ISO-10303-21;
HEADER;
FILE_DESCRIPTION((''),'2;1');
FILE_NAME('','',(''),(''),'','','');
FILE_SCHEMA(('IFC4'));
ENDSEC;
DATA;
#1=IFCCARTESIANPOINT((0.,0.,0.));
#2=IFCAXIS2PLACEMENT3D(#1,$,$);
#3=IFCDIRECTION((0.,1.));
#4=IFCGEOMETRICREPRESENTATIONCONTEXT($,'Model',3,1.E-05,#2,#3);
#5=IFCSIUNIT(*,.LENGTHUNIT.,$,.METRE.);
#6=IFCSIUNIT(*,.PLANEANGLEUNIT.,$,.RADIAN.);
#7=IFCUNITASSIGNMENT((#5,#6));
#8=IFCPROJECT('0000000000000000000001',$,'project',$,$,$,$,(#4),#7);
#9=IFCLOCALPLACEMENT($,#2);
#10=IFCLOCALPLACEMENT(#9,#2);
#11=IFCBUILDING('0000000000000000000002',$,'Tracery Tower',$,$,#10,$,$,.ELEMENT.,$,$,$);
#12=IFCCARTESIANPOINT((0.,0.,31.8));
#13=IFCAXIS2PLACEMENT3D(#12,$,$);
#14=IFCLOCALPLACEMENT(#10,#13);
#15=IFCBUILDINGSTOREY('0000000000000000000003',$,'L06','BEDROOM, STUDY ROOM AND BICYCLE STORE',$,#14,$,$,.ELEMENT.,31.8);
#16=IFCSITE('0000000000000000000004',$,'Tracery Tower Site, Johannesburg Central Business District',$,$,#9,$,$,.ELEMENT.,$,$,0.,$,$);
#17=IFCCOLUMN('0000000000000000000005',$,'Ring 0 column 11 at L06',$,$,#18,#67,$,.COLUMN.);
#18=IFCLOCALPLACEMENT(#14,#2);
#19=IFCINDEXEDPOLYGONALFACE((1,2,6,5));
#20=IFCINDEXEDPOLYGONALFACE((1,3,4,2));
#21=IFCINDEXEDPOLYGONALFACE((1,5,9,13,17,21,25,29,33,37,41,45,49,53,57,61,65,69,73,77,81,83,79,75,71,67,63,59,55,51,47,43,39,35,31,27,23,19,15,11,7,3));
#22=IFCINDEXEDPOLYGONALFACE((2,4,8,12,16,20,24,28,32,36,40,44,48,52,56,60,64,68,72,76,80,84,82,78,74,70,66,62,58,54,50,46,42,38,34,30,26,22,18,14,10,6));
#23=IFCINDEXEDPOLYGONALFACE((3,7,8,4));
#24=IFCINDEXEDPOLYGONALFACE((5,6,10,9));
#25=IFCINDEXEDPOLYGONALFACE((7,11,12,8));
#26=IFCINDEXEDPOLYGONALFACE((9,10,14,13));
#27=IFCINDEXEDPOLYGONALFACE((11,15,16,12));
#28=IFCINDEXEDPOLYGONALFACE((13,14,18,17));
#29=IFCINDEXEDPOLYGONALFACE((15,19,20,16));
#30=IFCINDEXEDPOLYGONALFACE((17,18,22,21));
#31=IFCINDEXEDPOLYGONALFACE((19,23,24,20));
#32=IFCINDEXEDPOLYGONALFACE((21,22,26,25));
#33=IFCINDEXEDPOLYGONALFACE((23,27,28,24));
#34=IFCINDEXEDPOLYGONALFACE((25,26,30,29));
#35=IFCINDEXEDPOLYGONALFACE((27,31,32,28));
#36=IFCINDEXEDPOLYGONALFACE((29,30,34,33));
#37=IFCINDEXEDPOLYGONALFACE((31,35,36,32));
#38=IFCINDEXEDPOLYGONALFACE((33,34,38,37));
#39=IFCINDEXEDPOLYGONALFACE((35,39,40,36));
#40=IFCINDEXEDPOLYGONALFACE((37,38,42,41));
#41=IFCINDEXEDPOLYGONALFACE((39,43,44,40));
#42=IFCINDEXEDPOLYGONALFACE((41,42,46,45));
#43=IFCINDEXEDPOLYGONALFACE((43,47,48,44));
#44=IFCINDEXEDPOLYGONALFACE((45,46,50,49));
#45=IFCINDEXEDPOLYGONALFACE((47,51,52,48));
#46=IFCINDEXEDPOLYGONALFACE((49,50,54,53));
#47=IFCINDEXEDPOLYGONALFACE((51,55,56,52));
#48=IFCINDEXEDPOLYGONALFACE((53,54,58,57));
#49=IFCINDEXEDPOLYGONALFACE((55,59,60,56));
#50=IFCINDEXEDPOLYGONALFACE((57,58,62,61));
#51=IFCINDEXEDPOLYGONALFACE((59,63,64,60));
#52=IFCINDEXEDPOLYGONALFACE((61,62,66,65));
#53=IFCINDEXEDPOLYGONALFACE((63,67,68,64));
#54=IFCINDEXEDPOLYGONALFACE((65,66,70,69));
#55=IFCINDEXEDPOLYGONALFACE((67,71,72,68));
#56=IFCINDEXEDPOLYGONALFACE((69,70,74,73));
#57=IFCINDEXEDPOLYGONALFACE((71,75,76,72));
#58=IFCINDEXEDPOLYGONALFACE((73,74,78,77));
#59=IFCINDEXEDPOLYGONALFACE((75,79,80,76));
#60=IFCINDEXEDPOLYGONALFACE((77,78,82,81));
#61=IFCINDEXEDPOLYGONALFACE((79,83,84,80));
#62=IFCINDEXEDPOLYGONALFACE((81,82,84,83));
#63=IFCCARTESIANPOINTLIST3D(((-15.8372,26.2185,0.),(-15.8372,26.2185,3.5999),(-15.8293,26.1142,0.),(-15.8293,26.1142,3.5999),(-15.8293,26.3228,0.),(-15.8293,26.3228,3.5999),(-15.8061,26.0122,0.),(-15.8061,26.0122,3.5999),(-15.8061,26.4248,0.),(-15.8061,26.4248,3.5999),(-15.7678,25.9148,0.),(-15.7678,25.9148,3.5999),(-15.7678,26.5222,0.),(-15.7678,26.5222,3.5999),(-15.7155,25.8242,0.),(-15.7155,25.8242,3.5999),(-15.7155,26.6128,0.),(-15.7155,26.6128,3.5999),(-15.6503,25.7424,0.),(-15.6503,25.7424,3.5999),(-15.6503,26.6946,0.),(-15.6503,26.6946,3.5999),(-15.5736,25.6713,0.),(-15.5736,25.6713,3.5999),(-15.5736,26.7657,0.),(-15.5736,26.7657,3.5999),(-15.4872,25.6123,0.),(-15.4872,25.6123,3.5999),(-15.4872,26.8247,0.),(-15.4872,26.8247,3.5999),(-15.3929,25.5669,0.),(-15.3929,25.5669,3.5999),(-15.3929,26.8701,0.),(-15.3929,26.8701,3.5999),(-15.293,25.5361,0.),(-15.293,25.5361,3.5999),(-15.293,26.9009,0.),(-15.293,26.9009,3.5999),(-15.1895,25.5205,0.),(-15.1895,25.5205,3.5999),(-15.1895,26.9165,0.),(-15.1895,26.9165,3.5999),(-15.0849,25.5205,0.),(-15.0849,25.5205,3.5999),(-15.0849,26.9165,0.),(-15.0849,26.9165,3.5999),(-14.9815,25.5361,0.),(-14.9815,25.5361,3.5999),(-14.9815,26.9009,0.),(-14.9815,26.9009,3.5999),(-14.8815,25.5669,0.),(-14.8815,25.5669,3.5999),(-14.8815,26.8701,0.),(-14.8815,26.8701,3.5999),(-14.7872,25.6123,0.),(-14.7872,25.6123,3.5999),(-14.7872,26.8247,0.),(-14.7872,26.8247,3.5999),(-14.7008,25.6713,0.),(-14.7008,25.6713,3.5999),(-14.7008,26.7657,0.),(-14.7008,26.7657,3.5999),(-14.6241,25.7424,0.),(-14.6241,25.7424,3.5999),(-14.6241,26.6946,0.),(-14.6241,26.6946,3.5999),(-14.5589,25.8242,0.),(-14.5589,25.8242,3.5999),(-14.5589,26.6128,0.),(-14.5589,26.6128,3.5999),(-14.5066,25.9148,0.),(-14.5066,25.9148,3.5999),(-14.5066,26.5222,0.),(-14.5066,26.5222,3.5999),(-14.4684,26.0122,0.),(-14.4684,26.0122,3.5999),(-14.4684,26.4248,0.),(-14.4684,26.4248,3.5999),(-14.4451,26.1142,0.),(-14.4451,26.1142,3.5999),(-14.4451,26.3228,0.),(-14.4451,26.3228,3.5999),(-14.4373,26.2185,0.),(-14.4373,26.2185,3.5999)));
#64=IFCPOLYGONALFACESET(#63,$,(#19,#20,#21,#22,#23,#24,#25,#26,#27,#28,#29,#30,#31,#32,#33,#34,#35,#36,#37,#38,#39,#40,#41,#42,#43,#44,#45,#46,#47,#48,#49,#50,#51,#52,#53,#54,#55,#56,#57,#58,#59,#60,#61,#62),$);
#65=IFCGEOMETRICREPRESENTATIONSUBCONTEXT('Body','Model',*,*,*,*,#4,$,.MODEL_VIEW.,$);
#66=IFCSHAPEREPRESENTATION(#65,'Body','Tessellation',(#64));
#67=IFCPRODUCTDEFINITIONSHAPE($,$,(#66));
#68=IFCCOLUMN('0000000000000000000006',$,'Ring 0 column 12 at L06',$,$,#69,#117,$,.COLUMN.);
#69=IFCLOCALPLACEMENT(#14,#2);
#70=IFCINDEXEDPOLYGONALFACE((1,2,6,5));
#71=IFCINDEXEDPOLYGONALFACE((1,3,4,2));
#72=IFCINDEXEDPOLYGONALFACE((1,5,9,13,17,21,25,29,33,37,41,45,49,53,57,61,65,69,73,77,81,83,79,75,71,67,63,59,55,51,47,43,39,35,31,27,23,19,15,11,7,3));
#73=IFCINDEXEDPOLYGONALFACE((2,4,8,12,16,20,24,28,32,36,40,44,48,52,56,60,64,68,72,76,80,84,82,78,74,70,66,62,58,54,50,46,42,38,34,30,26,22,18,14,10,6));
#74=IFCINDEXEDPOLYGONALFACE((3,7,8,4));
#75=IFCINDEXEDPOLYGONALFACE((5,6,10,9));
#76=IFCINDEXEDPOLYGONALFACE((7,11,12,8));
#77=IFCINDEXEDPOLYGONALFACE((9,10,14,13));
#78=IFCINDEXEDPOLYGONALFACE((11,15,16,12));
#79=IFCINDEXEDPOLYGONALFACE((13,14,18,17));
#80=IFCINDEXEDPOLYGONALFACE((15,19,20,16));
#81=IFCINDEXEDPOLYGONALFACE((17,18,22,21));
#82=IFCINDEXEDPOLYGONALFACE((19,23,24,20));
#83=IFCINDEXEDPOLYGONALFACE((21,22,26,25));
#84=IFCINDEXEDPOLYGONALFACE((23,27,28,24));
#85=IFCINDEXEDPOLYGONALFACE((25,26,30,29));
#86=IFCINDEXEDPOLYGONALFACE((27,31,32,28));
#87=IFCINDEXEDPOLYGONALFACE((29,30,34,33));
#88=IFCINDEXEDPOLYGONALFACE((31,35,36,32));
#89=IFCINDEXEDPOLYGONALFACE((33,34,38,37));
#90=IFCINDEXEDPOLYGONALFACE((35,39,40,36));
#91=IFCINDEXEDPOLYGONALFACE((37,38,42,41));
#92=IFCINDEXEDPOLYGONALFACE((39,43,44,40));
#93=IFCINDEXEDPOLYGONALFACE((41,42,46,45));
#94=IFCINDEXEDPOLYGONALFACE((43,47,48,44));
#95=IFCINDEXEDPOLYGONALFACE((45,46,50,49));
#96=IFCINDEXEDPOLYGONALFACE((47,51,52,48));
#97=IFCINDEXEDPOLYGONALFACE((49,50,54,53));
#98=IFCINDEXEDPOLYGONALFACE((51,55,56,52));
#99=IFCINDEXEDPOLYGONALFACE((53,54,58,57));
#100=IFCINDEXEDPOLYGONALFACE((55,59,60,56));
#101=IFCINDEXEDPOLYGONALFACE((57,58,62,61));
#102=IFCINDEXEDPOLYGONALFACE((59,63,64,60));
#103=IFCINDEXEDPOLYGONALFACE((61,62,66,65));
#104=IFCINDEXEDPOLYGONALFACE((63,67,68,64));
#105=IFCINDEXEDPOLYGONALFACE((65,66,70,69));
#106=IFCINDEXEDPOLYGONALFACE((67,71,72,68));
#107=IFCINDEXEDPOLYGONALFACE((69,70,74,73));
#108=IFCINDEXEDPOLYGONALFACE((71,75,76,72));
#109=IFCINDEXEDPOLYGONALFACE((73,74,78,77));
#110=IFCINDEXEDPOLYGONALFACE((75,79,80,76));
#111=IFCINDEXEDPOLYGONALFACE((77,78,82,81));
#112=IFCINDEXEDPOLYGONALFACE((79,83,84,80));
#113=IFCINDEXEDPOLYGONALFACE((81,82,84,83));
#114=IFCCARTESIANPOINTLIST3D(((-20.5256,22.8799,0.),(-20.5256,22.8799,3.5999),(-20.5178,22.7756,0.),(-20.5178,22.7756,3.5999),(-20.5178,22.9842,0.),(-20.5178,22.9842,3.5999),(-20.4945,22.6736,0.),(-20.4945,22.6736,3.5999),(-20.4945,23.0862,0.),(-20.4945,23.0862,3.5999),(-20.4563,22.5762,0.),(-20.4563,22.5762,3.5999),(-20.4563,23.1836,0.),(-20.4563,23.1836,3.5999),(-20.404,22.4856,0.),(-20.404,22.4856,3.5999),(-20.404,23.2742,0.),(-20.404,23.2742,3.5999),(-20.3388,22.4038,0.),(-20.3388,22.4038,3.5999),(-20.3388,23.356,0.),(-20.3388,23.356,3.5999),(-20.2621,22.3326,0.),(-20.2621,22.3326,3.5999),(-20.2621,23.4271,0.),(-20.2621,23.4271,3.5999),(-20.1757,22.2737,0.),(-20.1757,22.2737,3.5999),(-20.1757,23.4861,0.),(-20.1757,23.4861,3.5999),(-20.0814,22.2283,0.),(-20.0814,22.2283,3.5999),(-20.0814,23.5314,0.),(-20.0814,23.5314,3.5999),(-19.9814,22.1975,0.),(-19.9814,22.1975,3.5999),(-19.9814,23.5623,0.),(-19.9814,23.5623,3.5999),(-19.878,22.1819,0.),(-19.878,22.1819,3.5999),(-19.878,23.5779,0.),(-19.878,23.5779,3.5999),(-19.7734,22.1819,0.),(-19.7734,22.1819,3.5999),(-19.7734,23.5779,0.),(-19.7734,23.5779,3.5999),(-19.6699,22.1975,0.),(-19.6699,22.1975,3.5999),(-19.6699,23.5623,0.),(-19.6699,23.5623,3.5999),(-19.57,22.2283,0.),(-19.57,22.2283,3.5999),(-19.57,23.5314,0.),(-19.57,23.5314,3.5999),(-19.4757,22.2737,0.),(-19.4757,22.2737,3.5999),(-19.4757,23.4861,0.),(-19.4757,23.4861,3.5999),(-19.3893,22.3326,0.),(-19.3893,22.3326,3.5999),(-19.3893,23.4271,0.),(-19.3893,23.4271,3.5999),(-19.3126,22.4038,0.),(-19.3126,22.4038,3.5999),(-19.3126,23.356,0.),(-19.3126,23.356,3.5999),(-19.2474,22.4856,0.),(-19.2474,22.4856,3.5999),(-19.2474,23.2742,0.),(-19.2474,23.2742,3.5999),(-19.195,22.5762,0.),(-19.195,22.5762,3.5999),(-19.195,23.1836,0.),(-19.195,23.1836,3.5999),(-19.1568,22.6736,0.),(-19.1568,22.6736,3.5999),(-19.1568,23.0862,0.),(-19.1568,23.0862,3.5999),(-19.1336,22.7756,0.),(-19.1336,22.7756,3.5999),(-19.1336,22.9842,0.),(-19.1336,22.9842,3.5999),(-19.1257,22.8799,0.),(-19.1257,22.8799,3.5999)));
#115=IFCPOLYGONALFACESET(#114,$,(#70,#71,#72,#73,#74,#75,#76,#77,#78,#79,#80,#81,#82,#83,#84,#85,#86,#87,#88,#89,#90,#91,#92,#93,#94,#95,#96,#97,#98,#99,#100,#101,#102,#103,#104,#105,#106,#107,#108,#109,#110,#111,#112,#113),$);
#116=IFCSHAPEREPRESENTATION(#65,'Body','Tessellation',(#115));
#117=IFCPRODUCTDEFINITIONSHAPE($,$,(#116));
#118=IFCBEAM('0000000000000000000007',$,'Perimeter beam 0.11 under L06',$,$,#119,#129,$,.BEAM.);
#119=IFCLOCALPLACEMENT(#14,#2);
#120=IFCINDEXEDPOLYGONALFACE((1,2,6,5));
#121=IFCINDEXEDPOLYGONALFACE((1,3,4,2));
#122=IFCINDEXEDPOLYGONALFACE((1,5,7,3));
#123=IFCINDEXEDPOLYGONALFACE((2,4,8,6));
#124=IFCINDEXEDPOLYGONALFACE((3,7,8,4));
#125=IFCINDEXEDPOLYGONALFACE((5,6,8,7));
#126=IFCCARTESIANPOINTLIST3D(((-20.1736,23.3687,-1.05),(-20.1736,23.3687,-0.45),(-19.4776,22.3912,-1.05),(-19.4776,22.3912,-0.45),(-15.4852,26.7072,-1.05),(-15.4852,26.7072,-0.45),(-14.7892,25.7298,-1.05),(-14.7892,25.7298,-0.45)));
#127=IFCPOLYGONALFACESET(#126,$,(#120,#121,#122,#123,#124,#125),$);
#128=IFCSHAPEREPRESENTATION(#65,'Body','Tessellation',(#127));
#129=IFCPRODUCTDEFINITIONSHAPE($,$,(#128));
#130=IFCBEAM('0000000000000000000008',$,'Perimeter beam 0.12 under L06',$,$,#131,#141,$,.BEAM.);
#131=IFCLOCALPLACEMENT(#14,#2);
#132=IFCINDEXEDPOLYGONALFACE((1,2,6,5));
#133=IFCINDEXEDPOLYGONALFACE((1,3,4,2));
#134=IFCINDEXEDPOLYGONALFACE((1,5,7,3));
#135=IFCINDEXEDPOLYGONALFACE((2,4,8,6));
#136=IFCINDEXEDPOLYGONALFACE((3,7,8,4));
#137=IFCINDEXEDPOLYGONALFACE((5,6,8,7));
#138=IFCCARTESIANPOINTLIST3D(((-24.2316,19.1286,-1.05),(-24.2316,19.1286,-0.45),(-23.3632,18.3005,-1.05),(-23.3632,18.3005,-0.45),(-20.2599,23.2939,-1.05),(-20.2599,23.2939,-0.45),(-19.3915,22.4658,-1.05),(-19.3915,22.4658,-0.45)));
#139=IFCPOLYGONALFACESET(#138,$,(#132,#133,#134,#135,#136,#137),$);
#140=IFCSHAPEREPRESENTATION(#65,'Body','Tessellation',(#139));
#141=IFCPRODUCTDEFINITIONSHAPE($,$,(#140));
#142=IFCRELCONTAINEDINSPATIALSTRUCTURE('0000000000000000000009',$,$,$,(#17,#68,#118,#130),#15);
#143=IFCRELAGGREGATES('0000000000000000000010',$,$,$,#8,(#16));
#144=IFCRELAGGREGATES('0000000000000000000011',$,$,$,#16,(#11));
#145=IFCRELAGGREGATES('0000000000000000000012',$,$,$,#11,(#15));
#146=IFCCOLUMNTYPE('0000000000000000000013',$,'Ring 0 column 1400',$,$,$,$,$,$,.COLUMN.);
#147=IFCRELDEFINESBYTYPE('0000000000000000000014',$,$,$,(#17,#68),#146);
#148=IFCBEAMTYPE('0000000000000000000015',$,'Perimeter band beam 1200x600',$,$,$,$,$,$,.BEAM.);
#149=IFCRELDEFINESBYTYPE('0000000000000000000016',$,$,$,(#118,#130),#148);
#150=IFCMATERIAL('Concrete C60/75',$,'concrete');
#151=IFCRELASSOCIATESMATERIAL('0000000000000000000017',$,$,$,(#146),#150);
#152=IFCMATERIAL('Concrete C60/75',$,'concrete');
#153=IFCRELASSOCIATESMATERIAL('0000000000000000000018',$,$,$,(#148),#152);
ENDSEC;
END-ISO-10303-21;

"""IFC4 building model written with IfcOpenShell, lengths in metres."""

from ifc_helpers import new_model, si_unit, direction, frame, origin, origin_2d, place, context, subcontext, project, spatial, rectangle, circle, extrude, material, material_profile, profile_set, type_object, element, save


model = new_model("IFC4")

# Units and contexts
model_context = context("Model", 3, precision=1e-05, world=origin(), true_north=direction((0.0, 1.0)))
body_context = subcontext(model_context, "Body", "Model", "MODEL_VIEW")
ifc_project = project(units=[si_unit("LENGTHUNIT", "METRE"), si_unit("PLANEANGLEUNIT", "RADIAN")], contexts=[model_context])

# Site, building, storey
site_placement = place(None, origin())
site = spatial("IfcSite", under=ifc_project, at=site_placement, Name="Tracery Tower Site, Johannesburg Central Business District", CompositionType="ELEMENT", RefElevation=0.0)
building_placement = place(site_placement, origin())
building = spatial("IfcBuilding", under=site, at=building_placement, Name="Tracery Tower", CompositionType="ELEMENT")
storey_placement = place(building_placement, frame((0.0, 0.0, 31.8)))
storey = spatial("IfcBuildingStorey", under=building, at=storey_placement, Name="L06", Description="BEDROOM, STUDY ROOM AND BICYCLE STORE", CompositionType="ELEMENT", Elevation=31.8)

# Columns
ifc_material_1 = material(Name="Concrete C60/75", Category="concrete")
ifc_material_profile_1 = material_profile(ifc_material_1, circle(Radius=0.7, at=origin_2d()), Name="RC D1400")
ifc_profile_set_1 = profile_set([ifc_material_profile_1], Name="Concrete C60/75")
column_type = type_object("IfcColumnType", Name="Ring 0 column 1400", PredefinedType="COLUMN", material=ifc_profile_set_1)
for number, where, z_axis, x_axis, name in (
    (1, (-15.1372, 26.2185, 0.0), (0.0, 0.0, 1.0), (1.0, 0.0, 0.0), "Ring 0 column 11 at L06"),
    (2, (-19.8257, 22.8799, 0.0), (0.0, 0.0, 1.0), (1.0, 0.0, 0.0), "Ring 0 column 12 at L06"),
):
    element("IfcColumn", number, at=place(storey_placement, frame(where, z_axis=z_axis, x_axis=x_axis)), inside=storey, type_object=column_type, Name=name, PredefinedType="COLUMN", context=body_context, shape_type="SweptSolid", body=[
        extrude(circle(Radius=0.7, at=origin_2d()), origin(), (0.0, 0.0, 1.0), 3.5999),
    ])

# Beams
ifc_material_2 = material(Name="Concrete C60/75", Category="concrete")
ifc_material_profile_2 = material_profile(ifc_material_2, rectangle(XDim=1.2, YDim=0.6001, at=origin_2d()), Name="RC 1200x600")
ifc_profile_set_2 = profile_set([ifc_material_profile_2], Name="Concrete C60/75")
beam_type = type_object("IfcBeamType", Name="Perimeter band beam 1200x600", PredefinedType="BEAM", material=ifc_profile_set_2)
beam_1_placement = place(storey_placement, frame((-15.1372, 26.2185, -0.75), z_axis=(-0.814578, -0.580054, 0.0), x_axis=(0.580054, -0.814578, 0.0)))
element("IfcBeam", 3, at=beam_1_placement, inside=storey, type_object=beam_type, Name="Perimeter beam 0.11 under L06", PredefinedType="BEAM", context=body_context, shape_type="SweptSolid", body=[
    extrude(rectangle(XDim=1.2, YDim=0.6001, at=origin_2d()), origin(), (0.0, 0.0, 1.0), 5.7556),
])
beam_2_placement = place(storey_placement, frame((-19.8257, 22.8799, -0.75), z_axis=(-0.690087, -0.723726, 0.0), x_axis=(0.723726, -0.690087, 0.0)))
element("IfcBeam", 4, at=beam_2_placement, inside=storey, type_object=beam_type, Name="Perimeter beam 0.12 under L06", PredefinedType="BEAM", context=body_context, shape_type="SweptSolid", body=[
    extrude(rectangle(XDim=1.2, YDim=0.6001, at=origin_2d()), origin(), (0.0, 0.0, 1.0), 5.7554),
])

save(model, "model.ifc")
